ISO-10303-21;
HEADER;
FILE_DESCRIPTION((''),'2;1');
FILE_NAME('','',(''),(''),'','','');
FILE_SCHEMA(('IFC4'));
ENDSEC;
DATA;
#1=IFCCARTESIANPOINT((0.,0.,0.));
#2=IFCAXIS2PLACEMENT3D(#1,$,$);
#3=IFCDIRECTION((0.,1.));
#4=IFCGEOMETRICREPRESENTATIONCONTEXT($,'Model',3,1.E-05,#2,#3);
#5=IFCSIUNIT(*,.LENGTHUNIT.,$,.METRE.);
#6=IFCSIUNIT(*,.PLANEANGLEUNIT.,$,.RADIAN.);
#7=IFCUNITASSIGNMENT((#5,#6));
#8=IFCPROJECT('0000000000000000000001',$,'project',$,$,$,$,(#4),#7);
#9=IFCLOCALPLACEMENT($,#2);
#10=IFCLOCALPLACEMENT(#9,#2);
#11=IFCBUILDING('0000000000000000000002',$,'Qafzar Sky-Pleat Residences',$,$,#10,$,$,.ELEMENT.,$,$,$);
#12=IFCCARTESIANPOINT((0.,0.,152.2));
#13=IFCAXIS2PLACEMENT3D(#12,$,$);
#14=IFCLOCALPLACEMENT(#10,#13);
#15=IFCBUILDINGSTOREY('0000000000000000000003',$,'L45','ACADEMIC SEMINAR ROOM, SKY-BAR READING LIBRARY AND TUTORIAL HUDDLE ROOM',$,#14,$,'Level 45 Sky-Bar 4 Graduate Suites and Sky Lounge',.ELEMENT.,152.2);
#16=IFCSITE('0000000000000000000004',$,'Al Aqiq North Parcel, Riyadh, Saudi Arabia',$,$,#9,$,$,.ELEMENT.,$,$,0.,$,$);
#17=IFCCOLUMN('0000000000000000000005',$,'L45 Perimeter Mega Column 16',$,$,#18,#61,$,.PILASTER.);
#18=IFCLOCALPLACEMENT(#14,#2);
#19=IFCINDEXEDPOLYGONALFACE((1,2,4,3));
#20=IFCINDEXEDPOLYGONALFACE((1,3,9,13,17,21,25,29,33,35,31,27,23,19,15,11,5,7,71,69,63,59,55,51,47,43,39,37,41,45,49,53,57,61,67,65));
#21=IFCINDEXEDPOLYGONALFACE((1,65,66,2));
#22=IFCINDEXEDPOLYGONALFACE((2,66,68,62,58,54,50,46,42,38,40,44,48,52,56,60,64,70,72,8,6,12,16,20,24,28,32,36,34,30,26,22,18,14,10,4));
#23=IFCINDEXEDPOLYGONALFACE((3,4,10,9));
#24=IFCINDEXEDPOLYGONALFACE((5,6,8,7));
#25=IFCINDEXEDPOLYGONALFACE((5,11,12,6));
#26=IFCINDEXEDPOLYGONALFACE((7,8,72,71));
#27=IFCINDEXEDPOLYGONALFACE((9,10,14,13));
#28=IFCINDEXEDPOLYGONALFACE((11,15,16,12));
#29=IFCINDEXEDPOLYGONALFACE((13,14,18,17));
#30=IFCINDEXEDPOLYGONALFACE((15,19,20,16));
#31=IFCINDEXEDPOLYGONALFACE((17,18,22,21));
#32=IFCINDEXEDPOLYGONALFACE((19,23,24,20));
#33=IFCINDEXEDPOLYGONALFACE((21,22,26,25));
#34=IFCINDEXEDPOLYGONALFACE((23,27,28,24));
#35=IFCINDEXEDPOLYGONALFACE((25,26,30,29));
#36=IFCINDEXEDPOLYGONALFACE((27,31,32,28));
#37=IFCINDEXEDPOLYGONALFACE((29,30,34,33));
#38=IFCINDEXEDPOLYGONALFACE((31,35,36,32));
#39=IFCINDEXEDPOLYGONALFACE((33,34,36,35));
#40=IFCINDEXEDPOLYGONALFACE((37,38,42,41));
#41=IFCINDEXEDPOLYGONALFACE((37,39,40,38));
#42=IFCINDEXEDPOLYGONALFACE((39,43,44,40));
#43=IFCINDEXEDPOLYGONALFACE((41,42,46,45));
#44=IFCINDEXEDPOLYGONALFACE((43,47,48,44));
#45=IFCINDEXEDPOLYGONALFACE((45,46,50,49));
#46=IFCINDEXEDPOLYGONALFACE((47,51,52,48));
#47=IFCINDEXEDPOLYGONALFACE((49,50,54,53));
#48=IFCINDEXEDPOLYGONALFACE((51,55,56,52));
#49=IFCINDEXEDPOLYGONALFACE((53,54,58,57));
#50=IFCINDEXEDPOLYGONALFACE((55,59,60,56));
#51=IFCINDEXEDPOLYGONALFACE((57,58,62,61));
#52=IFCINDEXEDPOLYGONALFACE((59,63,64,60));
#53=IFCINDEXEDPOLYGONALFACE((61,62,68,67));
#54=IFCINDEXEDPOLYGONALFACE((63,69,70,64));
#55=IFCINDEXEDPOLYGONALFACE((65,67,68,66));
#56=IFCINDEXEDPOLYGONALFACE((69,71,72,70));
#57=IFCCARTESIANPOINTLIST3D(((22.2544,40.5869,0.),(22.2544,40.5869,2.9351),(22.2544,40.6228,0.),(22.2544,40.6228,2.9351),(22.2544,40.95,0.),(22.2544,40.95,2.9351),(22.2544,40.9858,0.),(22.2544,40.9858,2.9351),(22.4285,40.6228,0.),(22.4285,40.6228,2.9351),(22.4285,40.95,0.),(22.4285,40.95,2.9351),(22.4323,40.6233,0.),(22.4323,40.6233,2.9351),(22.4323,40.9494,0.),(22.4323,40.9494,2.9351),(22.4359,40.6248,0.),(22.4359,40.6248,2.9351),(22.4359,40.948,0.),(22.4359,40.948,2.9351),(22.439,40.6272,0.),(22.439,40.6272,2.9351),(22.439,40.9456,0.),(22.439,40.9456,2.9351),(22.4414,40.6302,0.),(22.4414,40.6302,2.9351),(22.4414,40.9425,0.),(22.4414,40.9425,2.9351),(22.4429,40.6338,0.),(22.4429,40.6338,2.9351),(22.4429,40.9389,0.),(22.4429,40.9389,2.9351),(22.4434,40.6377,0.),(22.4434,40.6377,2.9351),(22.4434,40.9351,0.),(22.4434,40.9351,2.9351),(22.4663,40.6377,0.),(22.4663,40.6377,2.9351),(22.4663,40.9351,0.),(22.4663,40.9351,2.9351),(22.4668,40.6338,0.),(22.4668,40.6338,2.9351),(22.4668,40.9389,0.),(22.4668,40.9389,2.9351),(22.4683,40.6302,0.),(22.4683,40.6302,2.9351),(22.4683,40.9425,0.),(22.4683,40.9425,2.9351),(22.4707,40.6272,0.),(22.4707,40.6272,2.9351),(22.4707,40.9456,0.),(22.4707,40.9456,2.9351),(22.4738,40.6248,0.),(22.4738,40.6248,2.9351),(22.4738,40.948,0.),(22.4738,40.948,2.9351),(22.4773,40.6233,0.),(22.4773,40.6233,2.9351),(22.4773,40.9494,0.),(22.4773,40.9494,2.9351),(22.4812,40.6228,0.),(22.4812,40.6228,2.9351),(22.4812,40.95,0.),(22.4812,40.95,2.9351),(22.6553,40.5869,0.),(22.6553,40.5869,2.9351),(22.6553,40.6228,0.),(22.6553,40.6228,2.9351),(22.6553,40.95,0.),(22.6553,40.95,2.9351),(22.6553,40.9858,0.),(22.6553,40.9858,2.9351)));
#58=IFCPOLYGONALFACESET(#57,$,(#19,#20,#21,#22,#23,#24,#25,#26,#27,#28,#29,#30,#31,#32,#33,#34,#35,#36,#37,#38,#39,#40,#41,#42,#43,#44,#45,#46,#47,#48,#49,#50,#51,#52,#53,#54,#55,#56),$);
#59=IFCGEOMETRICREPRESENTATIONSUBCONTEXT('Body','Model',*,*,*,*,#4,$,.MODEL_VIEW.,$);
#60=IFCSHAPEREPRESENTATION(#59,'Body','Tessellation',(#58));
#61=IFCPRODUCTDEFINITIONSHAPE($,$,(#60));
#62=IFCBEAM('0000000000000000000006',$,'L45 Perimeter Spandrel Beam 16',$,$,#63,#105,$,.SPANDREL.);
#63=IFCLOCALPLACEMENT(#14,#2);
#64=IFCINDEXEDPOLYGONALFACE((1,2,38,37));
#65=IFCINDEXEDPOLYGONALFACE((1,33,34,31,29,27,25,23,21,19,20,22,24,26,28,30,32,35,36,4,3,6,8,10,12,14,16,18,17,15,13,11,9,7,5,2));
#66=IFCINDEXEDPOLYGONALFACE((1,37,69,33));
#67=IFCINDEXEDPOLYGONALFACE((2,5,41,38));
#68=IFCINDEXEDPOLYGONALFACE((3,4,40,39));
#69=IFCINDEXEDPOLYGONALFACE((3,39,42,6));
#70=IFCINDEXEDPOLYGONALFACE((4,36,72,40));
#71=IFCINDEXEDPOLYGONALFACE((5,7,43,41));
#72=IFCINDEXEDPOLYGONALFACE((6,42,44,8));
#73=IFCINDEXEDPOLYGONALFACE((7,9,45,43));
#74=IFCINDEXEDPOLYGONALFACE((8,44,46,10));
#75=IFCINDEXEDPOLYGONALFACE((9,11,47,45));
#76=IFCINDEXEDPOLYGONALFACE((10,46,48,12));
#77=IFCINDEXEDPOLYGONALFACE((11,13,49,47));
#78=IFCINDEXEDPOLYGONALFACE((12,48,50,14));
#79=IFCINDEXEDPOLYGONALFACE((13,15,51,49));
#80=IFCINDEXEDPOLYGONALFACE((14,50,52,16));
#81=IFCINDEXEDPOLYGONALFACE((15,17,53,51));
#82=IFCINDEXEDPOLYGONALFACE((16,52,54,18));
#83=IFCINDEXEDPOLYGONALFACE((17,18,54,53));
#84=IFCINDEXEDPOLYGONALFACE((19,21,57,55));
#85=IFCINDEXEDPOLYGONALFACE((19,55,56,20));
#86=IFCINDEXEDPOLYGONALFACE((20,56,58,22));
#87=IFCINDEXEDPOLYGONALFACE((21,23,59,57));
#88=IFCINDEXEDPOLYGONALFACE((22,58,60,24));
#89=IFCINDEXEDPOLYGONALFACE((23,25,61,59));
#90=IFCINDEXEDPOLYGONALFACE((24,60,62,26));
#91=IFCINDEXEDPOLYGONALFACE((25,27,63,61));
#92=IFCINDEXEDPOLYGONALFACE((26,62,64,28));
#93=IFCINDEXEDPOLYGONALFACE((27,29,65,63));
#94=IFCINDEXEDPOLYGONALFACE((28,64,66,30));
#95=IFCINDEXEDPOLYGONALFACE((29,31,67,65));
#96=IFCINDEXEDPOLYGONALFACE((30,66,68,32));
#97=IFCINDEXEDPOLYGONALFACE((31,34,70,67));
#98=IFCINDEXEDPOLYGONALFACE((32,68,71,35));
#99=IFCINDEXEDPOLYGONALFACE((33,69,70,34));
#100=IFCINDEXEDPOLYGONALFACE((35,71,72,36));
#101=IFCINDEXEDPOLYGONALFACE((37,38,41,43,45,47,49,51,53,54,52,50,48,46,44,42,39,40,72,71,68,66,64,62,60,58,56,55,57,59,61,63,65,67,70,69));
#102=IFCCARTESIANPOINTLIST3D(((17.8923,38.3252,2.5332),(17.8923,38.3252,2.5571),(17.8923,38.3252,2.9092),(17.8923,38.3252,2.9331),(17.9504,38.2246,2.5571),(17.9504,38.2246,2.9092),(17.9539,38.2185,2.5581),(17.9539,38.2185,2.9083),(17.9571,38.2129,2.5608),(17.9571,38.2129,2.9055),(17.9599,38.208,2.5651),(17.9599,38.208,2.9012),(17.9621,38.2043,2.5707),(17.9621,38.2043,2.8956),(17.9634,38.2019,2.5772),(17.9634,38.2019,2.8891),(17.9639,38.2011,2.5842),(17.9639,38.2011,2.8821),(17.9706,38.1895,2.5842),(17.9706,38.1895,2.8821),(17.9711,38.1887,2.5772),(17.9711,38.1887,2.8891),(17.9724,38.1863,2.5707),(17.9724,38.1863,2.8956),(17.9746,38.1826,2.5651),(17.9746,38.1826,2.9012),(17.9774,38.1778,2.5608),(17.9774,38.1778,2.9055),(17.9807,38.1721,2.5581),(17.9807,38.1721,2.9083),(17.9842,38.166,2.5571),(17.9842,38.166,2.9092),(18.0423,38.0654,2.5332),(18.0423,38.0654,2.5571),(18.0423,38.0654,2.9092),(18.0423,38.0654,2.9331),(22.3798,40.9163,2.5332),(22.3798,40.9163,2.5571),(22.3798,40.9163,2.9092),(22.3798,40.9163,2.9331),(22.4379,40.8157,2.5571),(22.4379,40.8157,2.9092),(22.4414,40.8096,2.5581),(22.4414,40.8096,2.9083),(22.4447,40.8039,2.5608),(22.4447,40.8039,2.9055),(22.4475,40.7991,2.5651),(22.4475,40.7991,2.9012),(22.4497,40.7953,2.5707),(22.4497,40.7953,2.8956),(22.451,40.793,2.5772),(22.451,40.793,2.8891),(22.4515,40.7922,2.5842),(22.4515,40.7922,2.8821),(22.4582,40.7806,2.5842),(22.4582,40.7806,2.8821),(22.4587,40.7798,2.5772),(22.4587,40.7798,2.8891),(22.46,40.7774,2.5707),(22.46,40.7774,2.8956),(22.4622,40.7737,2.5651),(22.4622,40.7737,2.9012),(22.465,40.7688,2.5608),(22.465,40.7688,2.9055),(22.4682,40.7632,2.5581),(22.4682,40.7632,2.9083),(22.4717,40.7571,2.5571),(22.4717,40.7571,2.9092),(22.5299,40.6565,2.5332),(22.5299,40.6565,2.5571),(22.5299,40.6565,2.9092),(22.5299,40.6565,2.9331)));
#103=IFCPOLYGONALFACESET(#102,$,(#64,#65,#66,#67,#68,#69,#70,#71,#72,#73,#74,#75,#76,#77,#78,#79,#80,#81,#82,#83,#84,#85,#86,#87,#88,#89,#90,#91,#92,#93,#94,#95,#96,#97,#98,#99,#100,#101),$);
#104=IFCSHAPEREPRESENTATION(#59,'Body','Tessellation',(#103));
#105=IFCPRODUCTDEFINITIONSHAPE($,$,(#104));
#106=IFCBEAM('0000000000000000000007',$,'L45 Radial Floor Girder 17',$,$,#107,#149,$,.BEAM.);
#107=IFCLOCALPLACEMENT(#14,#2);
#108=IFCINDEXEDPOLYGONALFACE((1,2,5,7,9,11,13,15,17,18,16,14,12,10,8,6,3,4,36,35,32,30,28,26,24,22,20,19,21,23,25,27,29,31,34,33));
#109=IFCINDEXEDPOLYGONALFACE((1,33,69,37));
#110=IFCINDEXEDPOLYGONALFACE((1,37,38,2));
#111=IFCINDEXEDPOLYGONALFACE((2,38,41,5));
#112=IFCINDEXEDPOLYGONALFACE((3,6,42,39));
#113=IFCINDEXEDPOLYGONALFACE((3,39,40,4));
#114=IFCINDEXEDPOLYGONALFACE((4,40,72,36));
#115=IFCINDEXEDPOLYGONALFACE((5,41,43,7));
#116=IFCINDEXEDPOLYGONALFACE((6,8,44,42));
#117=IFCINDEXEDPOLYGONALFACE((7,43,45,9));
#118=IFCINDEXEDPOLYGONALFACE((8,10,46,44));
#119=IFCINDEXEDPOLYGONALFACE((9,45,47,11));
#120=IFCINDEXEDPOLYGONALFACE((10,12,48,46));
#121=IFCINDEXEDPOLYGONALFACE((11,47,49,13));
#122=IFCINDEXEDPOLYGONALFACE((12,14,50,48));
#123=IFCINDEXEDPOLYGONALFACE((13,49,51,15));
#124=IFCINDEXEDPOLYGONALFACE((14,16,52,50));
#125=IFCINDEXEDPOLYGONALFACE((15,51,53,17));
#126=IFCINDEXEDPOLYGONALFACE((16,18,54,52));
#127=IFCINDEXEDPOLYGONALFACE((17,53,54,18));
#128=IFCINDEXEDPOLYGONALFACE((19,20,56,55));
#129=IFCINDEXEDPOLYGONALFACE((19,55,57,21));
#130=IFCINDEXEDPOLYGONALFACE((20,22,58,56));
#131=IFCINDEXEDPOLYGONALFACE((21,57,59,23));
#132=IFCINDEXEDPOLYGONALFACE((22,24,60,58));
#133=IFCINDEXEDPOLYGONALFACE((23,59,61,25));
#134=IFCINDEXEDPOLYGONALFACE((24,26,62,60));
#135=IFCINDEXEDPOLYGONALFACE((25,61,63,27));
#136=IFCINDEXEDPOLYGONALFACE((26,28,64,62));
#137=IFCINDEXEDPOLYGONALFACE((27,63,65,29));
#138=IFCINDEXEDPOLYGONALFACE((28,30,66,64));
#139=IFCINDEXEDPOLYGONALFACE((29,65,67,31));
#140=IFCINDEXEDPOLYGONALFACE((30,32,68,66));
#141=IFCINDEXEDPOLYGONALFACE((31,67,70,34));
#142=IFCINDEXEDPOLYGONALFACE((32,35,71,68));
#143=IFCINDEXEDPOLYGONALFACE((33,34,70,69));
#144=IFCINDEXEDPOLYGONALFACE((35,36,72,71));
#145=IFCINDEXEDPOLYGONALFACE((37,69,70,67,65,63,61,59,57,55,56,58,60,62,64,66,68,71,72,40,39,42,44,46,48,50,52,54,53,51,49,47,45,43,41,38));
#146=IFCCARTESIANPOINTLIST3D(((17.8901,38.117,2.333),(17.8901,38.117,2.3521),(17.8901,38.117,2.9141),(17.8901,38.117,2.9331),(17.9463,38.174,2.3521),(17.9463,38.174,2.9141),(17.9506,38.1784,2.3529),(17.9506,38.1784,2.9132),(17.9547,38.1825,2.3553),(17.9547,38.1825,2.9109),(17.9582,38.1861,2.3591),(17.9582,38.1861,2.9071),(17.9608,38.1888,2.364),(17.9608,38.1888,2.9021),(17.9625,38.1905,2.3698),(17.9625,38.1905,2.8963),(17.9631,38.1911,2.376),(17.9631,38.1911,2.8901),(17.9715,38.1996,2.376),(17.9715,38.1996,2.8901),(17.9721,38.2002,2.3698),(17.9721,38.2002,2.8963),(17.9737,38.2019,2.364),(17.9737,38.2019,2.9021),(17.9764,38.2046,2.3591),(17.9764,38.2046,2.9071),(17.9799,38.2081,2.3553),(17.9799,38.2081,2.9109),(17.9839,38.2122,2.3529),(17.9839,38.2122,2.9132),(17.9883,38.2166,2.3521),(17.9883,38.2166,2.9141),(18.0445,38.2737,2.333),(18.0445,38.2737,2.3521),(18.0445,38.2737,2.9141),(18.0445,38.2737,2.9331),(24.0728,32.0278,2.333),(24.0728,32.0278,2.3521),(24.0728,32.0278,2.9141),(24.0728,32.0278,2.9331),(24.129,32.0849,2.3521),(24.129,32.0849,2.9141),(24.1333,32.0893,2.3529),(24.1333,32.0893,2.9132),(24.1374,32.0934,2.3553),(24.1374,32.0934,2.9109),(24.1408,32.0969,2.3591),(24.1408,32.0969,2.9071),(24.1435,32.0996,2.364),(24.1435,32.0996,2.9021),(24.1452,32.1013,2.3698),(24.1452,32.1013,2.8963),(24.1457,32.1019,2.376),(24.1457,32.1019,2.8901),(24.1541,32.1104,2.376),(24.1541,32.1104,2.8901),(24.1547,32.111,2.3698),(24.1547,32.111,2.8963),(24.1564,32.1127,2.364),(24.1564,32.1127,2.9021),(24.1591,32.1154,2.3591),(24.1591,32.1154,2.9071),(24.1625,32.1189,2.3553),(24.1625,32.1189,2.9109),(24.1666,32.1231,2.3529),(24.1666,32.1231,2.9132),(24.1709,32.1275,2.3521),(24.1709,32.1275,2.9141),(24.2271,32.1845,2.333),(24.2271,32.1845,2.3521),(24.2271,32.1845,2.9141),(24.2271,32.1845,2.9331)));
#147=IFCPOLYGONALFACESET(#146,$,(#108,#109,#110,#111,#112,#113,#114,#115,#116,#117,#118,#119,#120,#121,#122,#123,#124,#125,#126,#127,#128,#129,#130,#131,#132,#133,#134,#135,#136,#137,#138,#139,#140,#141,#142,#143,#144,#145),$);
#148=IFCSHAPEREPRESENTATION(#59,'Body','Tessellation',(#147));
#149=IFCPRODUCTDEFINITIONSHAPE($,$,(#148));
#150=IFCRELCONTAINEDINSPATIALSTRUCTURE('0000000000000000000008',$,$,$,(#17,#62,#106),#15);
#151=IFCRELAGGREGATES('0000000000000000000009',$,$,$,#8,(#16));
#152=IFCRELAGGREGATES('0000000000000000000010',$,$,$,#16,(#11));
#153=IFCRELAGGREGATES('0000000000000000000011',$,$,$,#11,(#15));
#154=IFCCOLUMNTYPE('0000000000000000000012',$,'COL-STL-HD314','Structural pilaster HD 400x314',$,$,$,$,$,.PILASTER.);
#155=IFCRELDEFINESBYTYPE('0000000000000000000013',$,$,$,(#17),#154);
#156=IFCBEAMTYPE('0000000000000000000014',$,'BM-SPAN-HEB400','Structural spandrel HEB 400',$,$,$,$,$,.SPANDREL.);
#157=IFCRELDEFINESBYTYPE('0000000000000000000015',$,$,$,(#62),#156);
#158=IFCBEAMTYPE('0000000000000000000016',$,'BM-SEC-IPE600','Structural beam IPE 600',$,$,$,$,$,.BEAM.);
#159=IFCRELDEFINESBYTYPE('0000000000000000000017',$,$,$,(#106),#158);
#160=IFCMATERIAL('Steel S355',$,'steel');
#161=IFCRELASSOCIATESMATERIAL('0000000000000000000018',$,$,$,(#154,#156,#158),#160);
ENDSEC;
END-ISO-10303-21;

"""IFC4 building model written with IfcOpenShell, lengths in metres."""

from ifc_helpers import new_model, si_unit, direction, frame, origin, origin_2d, place, context, subcontext, project, spatial, i_section, extrude, source, transform, mapped, material, material_profile, profile_set, type_object, element, save


model = new_model("IFC4")

# Units and contexts
model_context = context("Model", 3, precision=1e-05, world=origin(), true_north=direction((0.0, 1.0)))
body_context = subcontext(model_context, "Body", "Model", "MODEL_VIEW")
ifc_project = project(units=[si_unit("LENGTHUNIT", "METRE"), si_unit("PLANEANGLEUNIT", "RADIAN")], contexts=[model_context])

# Site, building, storey
site_placement = place(None, origin())
site = spatial("IfcSite", under=ifc_project, at=site_placement, Name="Al Aqiq North Parcel, Riyadh, Saudi Arabia", CompositionType="ELEMENT", RefElevation=0.0)
building_placement = place(site_placement, origin())
building = spatial("IfcBuilding", under=site, at=building_placement, Name="Qafzar Sky-Pleat Residences", CompositionType="ELEMENT")
storey_placement = place(building_placement, frame((0.0, 0.0, 152.2)))
storey = spatial("IfcBuildingStorey", under=building, at=storey_placement, Name="L45", Description="ACADEMIC SEMINAR ROOM, SKY-BAR READING LIBRARY AND TUTORIAL HUDDLE ROOM", LongName="Level 45 Sky-Bar 4 Graduate Suites and Sky Lounge", CompositionType="ELEMENT", Elevation=152.2)

# Column
ifc_material_1 = material(Name="Steel S355", Category="steel")
ifc_material_profile_1 = material_profile(ifc_material_1, i_section(OverallWidth=0.4009, OverallDepth=0.3989, WebThickness=0.0229, FlangeThickness=0.0359, FilletRadius=0.0149, at=origin_2d()), Name="HD 400x314")
ifc_profile_set_1 = profile_set([ifc_material_profile_1], Name="Steel S355")
column_type = type_object("IfcColumnType", Name="COL-STL-HD314", Description="Structural pilaster HD 400x314", PredefinedType="PILASTER", material=ifc_profile_set_1)
shared_shape_1 = source(origin(), body_context, "Body", "SweptSolid", [
    extrude(i_section(OverallWidth=0.4009, OverallDepth=0.3989, WebThickness=0.0229, FlangeThickness=0.0359, FilletRadius=0.0149, at=origin_2d()), origin(), (0.0, 0.0, 1.0), 2.9351),
])
column_placement = place(storey_placement, frame((22.4548, 40.7864, 0.0), z_axis=(0.0, 0.0, 1.0), x_axis=(1.0, 0.0, 0.0)))
element("IfcColumn", 1, at=column_placement, inside=storey, type_object=column_type, Name="L45 Perimeter Mega Column 16", PredefinedType="PILASTER", context=body_context, shape_type="MappedRepresentation", body=[
    mapped(shared_shape_1, transform((0.0, 0.0, 0.0), x_axis=(1.0, 0.0, 0.0), y_axis=(0.0, 1.0, 0.0), z_axis=(0.0, 0.0, 1.0), scale=1.0)),
])

# Beams
ifc_material_profile_2 = material_profile(ifc_material_1, i_section(OverallWidth=0.3, OverallDepth=0.3999, WebThickness=0.0134, FlangeThickness=0.0239, FilletRadius=0.0271, at=origin_2d()), Name="HEB 400")
ifc_profile_set_2 = profile_set([ifc_material_profile_2], Name="Steel S355")
beam_type_1 = type_object("IfcBeamType", Name="BM-SPAN-HEB400", Description="Structural spandrel HEB 400", PredefinedType="SPANDREL", material=ifc_profile_set_2)
shared_shape_2 = source(origin(), body_context, "Body", "SweptSolid", [
    extrude(i_section(OverallWidth=0.3, OverallDepth=0.3999, WebThickness=0.0134, FlangeThickness=0.0239, FilletRadius=0.0271, at=origin_2d()), origin(), (0.0, 0.0, 1.0), 5.1819),
])
beam_1_placement = place(storey_placement, frame((22.4548, 40.7864, 2.7332), z_axis=(-0.866011, -0.500026, 0.0), x_axis=(0.500026, -0.866011, 0.0)))
element("IfcBeam", 2, at=beam_1_placement, inside=storey, type_object=beam_type_1, Name="L45 Perimeter Spandrel Beam 16", PredefinedType="SPANDREL", context=body_context, shape_type="MappedRepresentation", body=[
    mapped(shared_shape_2, transform((0.0, 0.0, 0.0), x_axis=(1.0, 0.0, 0.0), y_axis=(0.0, 1.0, 0.0), z_axis=(0.0, 0.0, 1.0), scale=1.0)),
])
ifc_material_profile_3 = material_profile(ifc_material_1, i_section(OverallWidth=0.22, OverallDepth=0.6001, WebThickness=0.012, FlangeThickness=0.019, FilletRadius=0.0239, at=origin_2d()), Name="IPE 600")
ifc_profile_set_3 = profile_set([ifc_material_profile_3], Name="Steel S355")
beam_type_2 = type_object("IfcBeamType", Name="BM-SEC-IPE600", Description="Structural beam IPE 600", PredefinedType="BEAM", material=ifc_profile_set_3)
shared_shape_3 = source(origin(), body_context, "Body", "SweptSolid", [
    extrude(i_section(OverallWidth=0.22, OverallDepth=0.6001, WebThickness=0.012, FlangeThickness=0.019, FilletRadius=0.0239, at=origin_2d()), origin(), (0.0, 0.0, 1.0), 8.6777),
])
beam_2_placement = place(storey_placement, frame((17.9673, 38.1953, 2.6331), z_axis=(0.712474, -0.701699, 0.0), x_axis=(0.701699, 0.712474, 0.0)))
element("IfcBeam", 3, at=beam_2_placement, inside=storey, type_object=beam_type_2, Name="L45 Radial Floor Girder 17", PredefinedType="BEAM", context=body_context, shape_type="MappedRepresentation", body=[
    mapped(shared_shape_3, transform((0.0, 0.0, 0.0), x_axis=(1.0, 0.0, 0.0), y_axis=(0.0, 1.0, 0.0), z_axis=(0.0, 0.0, 1.0), scale=1.0)),
])

save(model, "model.ifc")
